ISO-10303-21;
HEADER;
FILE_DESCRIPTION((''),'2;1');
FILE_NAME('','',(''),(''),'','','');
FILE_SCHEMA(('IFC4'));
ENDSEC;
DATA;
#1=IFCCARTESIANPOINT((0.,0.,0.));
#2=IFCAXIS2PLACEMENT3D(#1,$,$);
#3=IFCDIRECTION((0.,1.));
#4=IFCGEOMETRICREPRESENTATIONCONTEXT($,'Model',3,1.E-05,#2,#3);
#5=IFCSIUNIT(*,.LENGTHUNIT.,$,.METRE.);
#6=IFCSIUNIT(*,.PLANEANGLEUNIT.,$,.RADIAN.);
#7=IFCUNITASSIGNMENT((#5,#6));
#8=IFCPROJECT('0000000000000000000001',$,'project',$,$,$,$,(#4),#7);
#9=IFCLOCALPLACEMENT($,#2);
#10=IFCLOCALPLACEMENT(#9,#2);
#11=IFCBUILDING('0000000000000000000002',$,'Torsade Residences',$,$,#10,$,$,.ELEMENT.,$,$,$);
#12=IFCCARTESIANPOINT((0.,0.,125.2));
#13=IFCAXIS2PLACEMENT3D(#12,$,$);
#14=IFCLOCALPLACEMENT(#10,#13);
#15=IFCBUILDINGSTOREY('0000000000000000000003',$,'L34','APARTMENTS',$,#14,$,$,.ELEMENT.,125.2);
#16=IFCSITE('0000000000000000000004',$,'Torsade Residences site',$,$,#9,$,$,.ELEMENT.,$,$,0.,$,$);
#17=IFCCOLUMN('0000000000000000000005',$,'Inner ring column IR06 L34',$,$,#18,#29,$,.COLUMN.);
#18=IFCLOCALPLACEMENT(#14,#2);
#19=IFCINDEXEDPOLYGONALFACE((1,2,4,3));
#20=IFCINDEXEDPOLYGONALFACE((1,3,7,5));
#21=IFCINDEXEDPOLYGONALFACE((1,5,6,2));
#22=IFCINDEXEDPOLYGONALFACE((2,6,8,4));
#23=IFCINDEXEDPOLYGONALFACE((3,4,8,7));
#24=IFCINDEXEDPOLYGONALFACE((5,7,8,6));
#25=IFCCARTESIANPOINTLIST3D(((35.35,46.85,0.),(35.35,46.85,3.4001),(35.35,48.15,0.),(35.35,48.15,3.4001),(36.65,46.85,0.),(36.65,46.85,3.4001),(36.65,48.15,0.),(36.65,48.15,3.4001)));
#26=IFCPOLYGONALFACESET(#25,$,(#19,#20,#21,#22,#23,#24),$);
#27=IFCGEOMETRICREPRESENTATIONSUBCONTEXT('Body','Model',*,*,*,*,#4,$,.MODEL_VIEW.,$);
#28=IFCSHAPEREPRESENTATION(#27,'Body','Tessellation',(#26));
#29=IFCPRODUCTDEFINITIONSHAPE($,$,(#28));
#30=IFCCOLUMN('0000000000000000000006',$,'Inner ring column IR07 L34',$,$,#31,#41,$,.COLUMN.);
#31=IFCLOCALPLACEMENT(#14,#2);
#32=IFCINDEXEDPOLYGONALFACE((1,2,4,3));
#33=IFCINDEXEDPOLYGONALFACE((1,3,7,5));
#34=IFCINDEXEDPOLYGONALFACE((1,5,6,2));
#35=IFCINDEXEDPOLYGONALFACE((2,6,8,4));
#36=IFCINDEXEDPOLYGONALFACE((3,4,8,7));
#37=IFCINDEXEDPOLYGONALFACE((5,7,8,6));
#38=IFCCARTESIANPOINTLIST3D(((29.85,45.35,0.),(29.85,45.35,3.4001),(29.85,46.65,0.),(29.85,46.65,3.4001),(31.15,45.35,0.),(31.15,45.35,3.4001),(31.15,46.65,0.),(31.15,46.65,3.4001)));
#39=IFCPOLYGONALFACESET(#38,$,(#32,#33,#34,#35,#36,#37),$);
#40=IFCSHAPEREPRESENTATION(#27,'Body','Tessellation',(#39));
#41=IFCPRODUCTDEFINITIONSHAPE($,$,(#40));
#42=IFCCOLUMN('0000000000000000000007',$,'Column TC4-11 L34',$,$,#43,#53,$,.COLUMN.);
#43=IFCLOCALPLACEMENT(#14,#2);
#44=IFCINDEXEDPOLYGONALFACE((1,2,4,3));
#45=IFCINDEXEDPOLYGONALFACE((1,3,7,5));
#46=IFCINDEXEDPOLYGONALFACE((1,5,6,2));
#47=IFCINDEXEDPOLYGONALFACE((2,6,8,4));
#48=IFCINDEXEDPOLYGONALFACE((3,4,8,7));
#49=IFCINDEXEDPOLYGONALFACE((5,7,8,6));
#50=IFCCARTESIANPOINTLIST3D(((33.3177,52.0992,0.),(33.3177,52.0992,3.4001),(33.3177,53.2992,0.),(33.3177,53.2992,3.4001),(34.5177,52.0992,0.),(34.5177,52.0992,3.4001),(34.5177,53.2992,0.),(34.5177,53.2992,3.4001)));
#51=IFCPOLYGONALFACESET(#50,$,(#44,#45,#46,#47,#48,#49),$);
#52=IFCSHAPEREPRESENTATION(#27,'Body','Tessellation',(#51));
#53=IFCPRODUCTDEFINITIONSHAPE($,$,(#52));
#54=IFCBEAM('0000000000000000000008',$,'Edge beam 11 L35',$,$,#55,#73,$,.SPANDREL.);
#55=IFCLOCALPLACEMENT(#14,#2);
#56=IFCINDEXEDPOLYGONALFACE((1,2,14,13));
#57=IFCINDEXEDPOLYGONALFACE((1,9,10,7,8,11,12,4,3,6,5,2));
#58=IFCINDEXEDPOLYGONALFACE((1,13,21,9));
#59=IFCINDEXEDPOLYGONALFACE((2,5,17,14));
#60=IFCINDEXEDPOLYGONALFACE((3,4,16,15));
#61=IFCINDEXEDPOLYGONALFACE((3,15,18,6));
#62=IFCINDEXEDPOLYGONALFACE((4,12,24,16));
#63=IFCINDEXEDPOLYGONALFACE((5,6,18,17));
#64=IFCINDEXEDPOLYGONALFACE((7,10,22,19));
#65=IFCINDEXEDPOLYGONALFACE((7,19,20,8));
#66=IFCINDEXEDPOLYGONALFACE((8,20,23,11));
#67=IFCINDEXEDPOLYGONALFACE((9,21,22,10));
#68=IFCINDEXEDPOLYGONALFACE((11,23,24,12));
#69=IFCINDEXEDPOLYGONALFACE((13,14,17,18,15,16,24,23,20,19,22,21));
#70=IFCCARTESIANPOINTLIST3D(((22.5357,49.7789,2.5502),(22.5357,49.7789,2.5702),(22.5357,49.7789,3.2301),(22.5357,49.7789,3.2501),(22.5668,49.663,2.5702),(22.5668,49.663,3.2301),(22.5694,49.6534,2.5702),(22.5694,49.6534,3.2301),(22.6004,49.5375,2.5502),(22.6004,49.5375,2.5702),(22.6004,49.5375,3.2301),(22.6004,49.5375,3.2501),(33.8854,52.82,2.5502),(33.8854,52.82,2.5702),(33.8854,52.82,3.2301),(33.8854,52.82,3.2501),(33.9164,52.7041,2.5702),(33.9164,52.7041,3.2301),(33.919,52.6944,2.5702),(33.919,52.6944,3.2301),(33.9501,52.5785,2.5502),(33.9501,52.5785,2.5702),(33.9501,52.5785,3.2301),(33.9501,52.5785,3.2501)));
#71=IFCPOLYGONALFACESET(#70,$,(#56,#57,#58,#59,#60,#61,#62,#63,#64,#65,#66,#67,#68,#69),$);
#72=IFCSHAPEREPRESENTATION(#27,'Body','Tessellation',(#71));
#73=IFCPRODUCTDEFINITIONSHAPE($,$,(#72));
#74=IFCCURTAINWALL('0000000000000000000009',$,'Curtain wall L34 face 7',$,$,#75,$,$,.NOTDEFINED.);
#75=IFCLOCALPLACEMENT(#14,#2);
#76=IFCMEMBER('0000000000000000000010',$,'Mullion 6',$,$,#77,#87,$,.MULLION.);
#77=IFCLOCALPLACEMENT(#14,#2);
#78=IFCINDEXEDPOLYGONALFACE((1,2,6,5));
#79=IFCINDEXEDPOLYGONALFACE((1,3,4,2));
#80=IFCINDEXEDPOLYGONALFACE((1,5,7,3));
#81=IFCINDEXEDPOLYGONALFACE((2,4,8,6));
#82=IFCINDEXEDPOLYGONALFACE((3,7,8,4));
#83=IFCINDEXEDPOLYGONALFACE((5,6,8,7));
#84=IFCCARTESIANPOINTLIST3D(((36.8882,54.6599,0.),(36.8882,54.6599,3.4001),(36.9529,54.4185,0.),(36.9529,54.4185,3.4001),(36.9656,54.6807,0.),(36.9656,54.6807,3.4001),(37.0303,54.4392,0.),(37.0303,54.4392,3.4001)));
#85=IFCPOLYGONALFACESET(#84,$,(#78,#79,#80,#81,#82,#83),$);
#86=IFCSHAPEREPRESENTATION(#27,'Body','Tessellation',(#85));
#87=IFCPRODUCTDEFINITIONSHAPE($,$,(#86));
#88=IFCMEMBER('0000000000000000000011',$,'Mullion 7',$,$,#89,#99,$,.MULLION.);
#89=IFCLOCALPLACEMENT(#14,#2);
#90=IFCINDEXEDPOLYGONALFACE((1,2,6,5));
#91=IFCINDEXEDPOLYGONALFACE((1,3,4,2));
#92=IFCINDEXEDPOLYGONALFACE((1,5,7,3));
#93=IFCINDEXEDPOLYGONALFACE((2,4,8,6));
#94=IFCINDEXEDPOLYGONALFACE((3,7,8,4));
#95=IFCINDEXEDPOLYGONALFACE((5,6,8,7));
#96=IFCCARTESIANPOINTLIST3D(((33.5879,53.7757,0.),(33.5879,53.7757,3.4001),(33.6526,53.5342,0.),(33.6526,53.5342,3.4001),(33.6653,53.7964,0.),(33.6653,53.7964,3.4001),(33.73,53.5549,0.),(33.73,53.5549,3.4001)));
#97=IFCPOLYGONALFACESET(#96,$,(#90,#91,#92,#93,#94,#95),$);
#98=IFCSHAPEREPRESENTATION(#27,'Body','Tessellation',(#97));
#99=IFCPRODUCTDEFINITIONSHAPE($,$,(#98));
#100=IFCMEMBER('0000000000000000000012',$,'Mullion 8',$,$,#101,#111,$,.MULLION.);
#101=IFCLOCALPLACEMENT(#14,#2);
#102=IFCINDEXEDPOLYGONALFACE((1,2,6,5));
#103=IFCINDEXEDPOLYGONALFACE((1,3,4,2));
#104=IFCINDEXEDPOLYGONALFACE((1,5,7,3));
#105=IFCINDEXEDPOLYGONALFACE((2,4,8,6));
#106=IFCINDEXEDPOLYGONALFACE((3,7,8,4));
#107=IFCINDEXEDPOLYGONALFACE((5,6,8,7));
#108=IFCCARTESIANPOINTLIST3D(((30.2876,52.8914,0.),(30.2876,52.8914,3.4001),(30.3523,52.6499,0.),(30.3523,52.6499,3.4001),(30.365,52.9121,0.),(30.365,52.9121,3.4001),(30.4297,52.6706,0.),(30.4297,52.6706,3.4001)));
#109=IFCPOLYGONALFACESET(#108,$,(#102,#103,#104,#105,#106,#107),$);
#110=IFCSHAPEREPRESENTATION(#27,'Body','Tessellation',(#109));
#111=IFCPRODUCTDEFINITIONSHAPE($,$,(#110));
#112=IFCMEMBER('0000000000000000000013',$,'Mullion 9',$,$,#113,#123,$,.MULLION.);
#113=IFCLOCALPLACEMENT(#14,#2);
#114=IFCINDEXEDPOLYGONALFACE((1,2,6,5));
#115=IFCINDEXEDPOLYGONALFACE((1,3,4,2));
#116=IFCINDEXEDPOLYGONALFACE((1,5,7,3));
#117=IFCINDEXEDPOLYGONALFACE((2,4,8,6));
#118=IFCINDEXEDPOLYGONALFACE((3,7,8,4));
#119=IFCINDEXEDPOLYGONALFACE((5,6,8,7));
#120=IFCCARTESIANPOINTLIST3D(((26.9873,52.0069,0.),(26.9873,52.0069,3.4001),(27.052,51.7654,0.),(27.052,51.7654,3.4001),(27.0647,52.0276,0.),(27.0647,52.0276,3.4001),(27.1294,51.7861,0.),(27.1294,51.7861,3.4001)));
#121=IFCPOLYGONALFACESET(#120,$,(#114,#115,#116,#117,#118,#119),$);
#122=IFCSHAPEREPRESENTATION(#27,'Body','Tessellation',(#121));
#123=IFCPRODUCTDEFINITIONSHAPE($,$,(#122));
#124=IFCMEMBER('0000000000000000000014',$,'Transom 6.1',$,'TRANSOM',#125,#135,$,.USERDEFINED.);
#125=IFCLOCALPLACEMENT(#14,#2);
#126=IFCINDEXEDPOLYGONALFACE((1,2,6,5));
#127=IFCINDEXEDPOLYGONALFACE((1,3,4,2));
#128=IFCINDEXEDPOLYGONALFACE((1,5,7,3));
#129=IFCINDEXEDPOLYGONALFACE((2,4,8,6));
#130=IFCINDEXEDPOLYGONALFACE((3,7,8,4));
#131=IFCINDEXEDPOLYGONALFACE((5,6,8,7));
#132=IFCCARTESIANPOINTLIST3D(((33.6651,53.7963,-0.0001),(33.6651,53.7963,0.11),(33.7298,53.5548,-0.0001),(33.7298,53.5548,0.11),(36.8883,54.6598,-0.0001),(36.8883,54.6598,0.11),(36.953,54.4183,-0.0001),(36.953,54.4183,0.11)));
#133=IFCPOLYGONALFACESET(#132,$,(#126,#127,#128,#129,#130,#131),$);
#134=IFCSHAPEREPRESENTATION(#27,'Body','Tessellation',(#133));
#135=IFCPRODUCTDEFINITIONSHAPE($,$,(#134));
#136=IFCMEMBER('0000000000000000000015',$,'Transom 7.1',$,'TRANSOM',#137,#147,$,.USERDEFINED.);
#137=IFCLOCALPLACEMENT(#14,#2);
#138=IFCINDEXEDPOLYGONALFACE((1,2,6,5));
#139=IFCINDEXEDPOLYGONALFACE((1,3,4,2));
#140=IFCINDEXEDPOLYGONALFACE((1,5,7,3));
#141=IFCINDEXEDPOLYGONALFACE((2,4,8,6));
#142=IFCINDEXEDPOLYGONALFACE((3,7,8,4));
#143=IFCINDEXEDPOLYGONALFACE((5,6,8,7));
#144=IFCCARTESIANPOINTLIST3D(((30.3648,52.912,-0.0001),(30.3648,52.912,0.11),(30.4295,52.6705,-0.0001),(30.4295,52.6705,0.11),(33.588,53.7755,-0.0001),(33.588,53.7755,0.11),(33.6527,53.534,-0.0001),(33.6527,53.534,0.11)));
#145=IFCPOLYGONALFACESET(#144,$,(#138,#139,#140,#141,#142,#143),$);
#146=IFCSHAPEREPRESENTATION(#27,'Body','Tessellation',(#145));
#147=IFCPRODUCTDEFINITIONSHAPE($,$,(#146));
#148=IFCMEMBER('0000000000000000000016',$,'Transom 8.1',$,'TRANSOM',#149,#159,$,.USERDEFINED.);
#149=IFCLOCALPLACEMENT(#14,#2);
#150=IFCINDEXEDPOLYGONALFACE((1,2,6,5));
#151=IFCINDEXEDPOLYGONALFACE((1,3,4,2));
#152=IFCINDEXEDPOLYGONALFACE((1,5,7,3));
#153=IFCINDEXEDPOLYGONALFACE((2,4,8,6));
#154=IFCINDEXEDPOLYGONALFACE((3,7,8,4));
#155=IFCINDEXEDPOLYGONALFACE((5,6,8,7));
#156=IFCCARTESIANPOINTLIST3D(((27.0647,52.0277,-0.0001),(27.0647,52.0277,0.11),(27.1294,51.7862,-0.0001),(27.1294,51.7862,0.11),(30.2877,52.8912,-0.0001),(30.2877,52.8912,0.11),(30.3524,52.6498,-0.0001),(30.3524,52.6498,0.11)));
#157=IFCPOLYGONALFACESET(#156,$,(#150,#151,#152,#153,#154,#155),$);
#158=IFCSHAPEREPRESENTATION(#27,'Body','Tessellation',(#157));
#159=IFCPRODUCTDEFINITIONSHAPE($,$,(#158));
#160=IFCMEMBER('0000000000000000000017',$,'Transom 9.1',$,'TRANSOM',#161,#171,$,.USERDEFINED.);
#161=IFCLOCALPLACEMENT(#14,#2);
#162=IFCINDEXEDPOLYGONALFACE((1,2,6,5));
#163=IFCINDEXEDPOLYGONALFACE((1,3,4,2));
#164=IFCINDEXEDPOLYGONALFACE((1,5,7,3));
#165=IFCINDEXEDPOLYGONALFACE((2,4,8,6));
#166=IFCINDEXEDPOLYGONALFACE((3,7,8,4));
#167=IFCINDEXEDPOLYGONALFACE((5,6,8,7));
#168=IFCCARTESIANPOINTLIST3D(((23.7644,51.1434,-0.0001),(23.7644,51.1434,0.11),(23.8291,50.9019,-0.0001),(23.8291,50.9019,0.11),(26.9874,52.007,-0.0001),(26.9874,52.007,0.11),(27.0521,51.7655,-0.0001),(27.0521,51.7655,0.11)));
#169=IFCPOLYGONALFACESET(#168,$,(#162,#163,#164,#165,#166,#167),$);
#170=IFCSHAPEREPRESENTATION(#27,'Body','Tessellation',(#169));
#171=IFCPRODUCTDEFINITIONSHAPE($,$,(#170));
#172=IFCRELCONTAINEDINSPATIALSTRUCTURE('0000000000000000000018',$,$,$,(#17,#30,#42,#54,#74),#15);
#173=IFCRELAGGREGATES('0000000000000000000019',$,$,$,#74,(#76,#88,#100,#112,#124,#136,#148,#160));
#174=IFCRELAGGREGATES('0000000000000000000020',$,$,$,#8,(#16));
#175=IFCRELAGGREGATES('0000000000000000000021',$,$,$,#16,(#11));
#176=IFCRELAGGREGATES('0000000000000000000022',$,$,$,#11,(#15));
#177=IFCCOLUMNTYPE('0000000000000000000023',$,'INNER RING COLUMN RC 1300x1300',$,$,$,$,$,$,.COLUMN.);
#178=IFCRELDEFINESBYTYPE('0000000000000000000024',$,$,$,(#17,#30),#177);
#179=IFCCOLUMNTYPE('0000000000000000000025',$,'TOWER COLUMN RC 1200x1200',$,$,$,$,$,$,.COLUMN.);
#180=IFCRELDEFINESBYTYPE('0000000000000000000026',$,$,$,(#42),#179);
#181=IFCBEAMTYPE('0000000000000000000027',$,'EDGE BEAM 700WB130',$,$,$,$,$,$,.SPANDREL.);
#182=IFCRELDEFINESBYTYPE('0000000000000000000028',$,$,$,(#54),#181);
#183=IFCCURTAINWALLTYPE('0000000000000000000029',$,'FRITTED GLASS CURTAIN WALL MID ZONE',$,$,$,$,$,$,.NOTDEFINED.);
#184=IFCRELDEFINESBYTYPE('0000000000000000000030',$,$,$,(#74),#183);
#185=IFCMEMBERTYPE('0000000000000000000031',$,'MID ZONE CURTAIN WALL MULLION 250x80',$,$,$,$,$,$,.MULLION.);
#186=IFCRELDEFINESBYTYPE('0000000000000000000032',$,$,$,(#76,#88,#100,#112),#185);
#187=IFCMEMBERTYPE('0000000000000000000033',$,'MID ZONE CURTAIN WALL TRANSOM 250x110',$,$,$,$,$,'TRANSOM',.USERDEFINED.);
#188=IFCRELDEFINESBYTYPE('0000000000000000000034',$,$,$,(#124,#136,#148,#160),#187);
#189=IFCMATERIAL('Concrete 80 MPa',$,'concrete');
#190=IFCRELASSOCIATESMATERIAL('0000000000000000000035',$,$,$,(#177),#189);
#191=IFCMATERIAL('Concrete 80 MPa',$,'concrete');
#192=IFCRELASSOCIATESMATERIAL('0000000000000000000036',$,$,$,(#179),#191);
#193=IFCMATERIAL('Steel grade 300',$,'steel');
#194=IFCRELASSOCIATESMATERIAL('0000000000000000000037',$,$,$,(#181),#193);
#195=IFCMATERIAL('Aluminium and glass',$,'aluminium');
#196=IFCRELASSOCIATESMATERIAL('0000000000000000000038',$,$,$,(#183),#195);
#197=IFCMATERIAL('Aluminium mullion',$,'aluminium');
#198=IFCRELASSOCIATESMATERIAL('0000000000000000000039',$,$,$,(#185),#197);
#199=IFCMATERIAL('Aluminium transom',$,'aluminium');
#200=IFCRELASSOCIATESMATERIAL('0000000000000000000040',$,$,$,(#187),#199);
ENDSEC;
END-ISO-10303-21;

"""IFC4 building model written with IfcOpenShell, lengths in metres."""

from ifc_helpers import new_model, si_unit, direction, frame, origin, origin_2d, place, context, subcontext, project, spatial, rectangle, i_section, extrude, material, material_profile, profile_set, type_object, element, aggregate, save


model = new_model("IFC4")

# Units and contexts
model_context = context("Model", 3, precision=1e-05, world=origin(), true_north=direction((0.0, 1.0)))
body_context = subcontext(model_context, "Body", "Model", "MODEL_VIEW")
ifc_project = project(units=[si_unit("LENGTHUNIT", "METRE"), si_unit("PLANEANGLEUNIT", "RADIAN")], contexts=[model_context])

# Site, building, storey
site_placement = place(None, origin())
site = spatial("IfcSite", under=ifc_project, at=site_placement, Name="Torsade Residences site", CompositionType="ELEMENT", RefElevation=0.0)
building_placement = place(site_placement, origin())
building = spatial("IfcBuilding", under=site, at=building_placement, Name="Torsade Residences", CompositionType="ELEMENT")
storey_placement = place(building_placement, frame((0.0, 0.0, 125.2)))
storey = spatial("IfcBuildingStorey", under=building, at=storey_placement, Name="L34", Description="APARTMENTS", CompositionType="ELEMENT", Elevation=125.2)

# Columns
ifc_material_1 = material(Name="Concrete 80 MPa", Category="concrete")
ifc_material_profile_1 = material_profile(ifc_material_1, rectangle(XDim=1.3, YDim=1.3, at=origin_2d()), Name="RC 1300x1300")
ifc_profile_set_1 = profile_set([ifc_material_profile_1], Name="Concrete 80 MPa")
column_type_1 = type_object("IfcColumnType", Name="INNER RING COLUMN RC 1300x1300", PredefinedType="COLUMN", material=ifc_profile_set_1)
for number, where, z_axis, x_axis, name in (
    (1, (36.0, 47.5, 0.0), (0.0, 0.0, 1.0), (1.0, 0.0, 0.0), "Inner ring column IR06 L34"),
    (2, (30.5, 46.0, 0.0), (0.0, 0.0, 1.0), (1.0, 0.0, 0.0), "Inner ring column IR07 L34"),
):
    element("IfcColumn", number, at=place(storey_placement, frame(where, z_axis=z_axis, x_axis=x_axis)), inside=storey, type_object=column_type_1, Name=name, PredefinedType="COLUMN", context=body_context, shape_type="SweptSolid", body=[
        extrude(rectangle(XDim=1.3, YDim=1.3, at=origin_2d()), origin(), (0.0, 0.0, 1.0), 3.4001),
    ])
ifc_material_2 = material(Name="Concrete 80 MPa", Category="concrete")
ifc_material_profile_2 = material_profile(ifc_material_2, rectangle(XDim=1.2, YDim=1.2, at=origin_2d()), Name="RC 1200x1200")
ifc_profile_set_2 = profile_set([ifc_material_profile_2], Name="Concrete 80 MPa")
column_type_2 = type_object("IfcColumnType", Name="TOWER COLUMN RC 1200x1200", PredefinedType="COLUMN", material=ifc_profile_set_2)
column_placement = place(storey_placement, frame((33.9177, 52.6992, 0.0), z_axis=(0.0, 0.0, 1.0), x_axis=(1.0, 0.0, 0.0)))
element("IfcColumn", 3, at=column_placement, inside=storey, type_object=column_type_2, Name="Column TC4-11 L34", PredefinedType="COLUMN", context=body_context, shape_type="SweptSolid", body=[
    extrude(rectangle(XDim=1.2, YDim=1.2, at=origin_2d()), origin(), (0.0, 0.0, 1.0), 3.4001),
])

# Beam
ifc_material_3 = material(Name="Steel grade 300", Category="steel")
ifc_material_profile_3 = material_profile(ifc_material_3, i_section(OverallWidth=0.25, OverallDepth=0.7, WebThickness=0.01, FlangeThickness=0.02, at=origin_2d()), Name="700WB130")
ifc_profile_set_3 = profile_set([ifc_material_profile_3], Name="Steel grade 300")
beam_type_1 = type_object("IfcBeamType", Name="EDGE BEAM 700WB130", PredefinedType="SPANDREL", material=ifc_profile_set_3)
beam_1_placement = place(storey_placement, frame((33.9177, 52.6992, 2.9001), z_axis=(-0.965928, -0.258811, 0.0), x_axis=(0.258811, -0.965928, 0.0)))
element("IfcBeam", 4, at=beam_1_placement, inside=storey, type_object=beam_type_1, Name="Edge beam 11 L35", PredefinedType="SPANDREL", context=body_context, shape_type="SweptSolid", body=[
    extrude(i_section(OverallWidth=0.25, OverallDepth=0.7, WebThickness=0.01, FlangeThickness=0.02, at=origin_2d()), origin(), (0.0, 0.0, 1.0), 11.75),
])

# Curtain wall, members
ifc_material_4 = material(Name="Aluminium and glass", Category="aluminium")
curtain_wall_type = type_object("IfcCurtainWallType", Name="FRITTED GLASS CURTAIN WALL MID ZONE", PredefinedType="NOTDEFINED", material=ifc_material_4)
curtain_wall_placement = place(storey_placement, origin())
curtain_wall = element("IfcCurtainWall", 5, at=curtain_wall_placement, inside=storey, type_object=curtain_wall_type, Name="Curtain wall L34 face 7", PredefinedType="NOTDEFINED")
ifc_material_5 = material(Name="Aluminium mullion", Category="aluminium")
ifc_material_profile_4 = material_profile(ifc_material_5, rectangle(XDim=0.25, YDim=0.0801, at=origin_2d()), Name="MID ZONE CURTAIN WALL MULLION 250x80")
ifc_profile_set_4 = profile_set([ifc_material_profile_4], Name="Aluminium mullion")
member_type_1 = type_object("IfcMemberType", Name="MID ZONE CURTAIN WALL MULLION 250x80", PredefinedType="MULLION", material=ifc_profile_set_4)
member_1_placement = place(storey_placement, frame((36.9592, 54.5496, 0.0), z_axis=(0.0, 0.0, 1.0), x_axis=(0.258819, -0.965926, 0.0)))
member_1 = element("IfcMember", 6, at=member_1_placement, type_object=member_type_1, Name="Mullion 6", PredefinedType="MULLION", context=body_context, shape_type="SweptSolid", body=[
    extrude(rectangle(XDim=0.25, YDim=0.0801, at=origin_2d()), origin(), (0.0, 0.0, 1.0), 3.4001),
])
member_2_placement = place(storey_placement, frame((33.6589, 53.6653, 0.0), z_axis=(0.0, 0.0, 1.0), x_axis=(0.258819, -0.965926, 0.0)))
member_2 = element("IfcMember", 7, at=member_2_placement, type_object=member_type_1, Name="Mullion 7", PredefinedType="MULLION", context=body_context, shape_type="SweptSolid", body=[
    extrude(rectangle(XDim=0.25, YDim=0.0801, at=origin_2d()), origin(), (0.0, 0.0, 1.0), 3.4001),
])
member_3_placement = place(storey_placement, frame((30.3586, 52.781, 0.0), z_axis=(0.0, 0.0, 1.0), x_axis=(0.258819, -0.965926, 0.0)))
member_3 = element("IfcMember", 8, at=member_3_placement, type_object=member_type_1, Name="Mullion 8", PredefinedType="MULLION", context=body_context, shape_type="SweptSolid", body=[
    extrude(rectangle(XDim=0.25, YDim=0.0801, at=origin_2d()), origin(), (0.0, 0.0, 1.0), 3.4001),
])
member_4_placement = place(storey_placement, frame((27.0583, 51.8965, 0.0), z_axis=(0.0, 0.0, 1.0), x_axis=(0.258819, -0.965926, 0.0)))
member_4 = element("IfcMember", 9, at=member_4_placement, type_object=member_type_1, Name="Mullion 9", PredefinedType="MULLION", context=body_context, shape_type="SweptSolid", body=[
    extrude(rectangle(XDim=0.25, YDim=0.0801, at=origin_2d()), origin(), (0.0, 0.0, 1.0), 3.4001),
])
ifc_material_6 = material(Name="Aluminium transom", Category="aluminium")
ifc_material_profile_5 = material_profile(ifc_material_6, rectangle(XDim=0.25, YDim=0.1101, at=origin_2d()), Name="MID ZONE CURTAIN WALL TRANSOM 250x110")
ifc_profile_set_5 = profile_set([ifc_material_profile_5], Name="Aluminium transom")
member_type_2 = type_object("IfcMemberType", Name="MID ZONE CURTAIN WALL TRANSOM 250x110", ElementType="TRANSOM", PredefinedType="USERDEFINED", material=ifc_profile_set_5)
member_5_placement = place(storey_placement, frame((36.9207, 54.5391, 0.0549), z_axis=(-0.965934, -0.258787, 0.0), x_axis=(0.258787, -0.965934, 0.0)))
member_5 = element("IfcMember", 10, at=member_5_placement, type_object=member_type_2, Name="Transom 6.1", ObjectType="TRANSOM", PredefinedType="USERDEFINED", context=body_context, shape_type="SweptSolid", body=[
    extrude(rectangle(XDim=0.25, YDim=0.1101, at=origin_2d()), origin(), (0.0, 0.0, 1.0), 3.3369),
])
member_6_placement = place(storey_placement, frame((33.6204, 53.6548, 0.0549), z_axis=(-0.965934, -0.258787, 0.0), x_axis=(0.258787, -0.965934, 0.0)))
member_6 = element("IfcMember", 11, at=member_6_placement, type_object=member_type_2, Name="Transom 7.1", ObjectType="TRANSOM", PredefinedType="USERDEFINED", context=body_context, shape_type="SweptSolid", body=[
    extrude(rectangle(XDim=0.25, YDim=0.1101, at=origin_2d()), origin(), (0.0, 0.0, 1.0), 3.3369),
])
member_7_placement = place(storey_placement, frame((30.3201, 52.7705, 0.0549), z_axis=(-0.965929, -0.258806, 0.0), x_axis=(0.258806, -0.965929, 0.0)))
member_7 = element("IfcMember", 12, at=member_7_placement, type_object=member_type_2, Name="Transom 8.1", ObjectType="TRANSOM", PredefinedType="USERDEFINED", context=body_context, shape_type="SweptSolid", body=[
    extrude(rectangle(XDim=0.25, YDim=0.1101, at=origin_2d()), origin(), (0.0, 0.0, 1.0), 3.3367),
])
member_8_placement = place(storey_placement, frame((27.0198, 51.8862, 0.0549), z_axis=(-0.965929, -0.258806, 0.0), x_axis=(0.258806, -0.965929, 0.0)))
member_8 = element("IfcMember", 13, at=member_8_placement, type_object=member_type_2, Name="Transom 9.1", ObjectType="TRANSOM", PredefinedType="USERDEFINED", context=body_context, shape_type="SweptSolid", body=[
    extrude(rectangle(XDim=0.25, YDim=0.1101, at=origin_2d()), origin(), (0.0, 0.0, 1.0), 3.3367),
])

aggregate(curtain_wall, [member_1, member_2, member_3, member_4, member_5, member_6, member_7, member_8])

save(model, "model.ifc")
